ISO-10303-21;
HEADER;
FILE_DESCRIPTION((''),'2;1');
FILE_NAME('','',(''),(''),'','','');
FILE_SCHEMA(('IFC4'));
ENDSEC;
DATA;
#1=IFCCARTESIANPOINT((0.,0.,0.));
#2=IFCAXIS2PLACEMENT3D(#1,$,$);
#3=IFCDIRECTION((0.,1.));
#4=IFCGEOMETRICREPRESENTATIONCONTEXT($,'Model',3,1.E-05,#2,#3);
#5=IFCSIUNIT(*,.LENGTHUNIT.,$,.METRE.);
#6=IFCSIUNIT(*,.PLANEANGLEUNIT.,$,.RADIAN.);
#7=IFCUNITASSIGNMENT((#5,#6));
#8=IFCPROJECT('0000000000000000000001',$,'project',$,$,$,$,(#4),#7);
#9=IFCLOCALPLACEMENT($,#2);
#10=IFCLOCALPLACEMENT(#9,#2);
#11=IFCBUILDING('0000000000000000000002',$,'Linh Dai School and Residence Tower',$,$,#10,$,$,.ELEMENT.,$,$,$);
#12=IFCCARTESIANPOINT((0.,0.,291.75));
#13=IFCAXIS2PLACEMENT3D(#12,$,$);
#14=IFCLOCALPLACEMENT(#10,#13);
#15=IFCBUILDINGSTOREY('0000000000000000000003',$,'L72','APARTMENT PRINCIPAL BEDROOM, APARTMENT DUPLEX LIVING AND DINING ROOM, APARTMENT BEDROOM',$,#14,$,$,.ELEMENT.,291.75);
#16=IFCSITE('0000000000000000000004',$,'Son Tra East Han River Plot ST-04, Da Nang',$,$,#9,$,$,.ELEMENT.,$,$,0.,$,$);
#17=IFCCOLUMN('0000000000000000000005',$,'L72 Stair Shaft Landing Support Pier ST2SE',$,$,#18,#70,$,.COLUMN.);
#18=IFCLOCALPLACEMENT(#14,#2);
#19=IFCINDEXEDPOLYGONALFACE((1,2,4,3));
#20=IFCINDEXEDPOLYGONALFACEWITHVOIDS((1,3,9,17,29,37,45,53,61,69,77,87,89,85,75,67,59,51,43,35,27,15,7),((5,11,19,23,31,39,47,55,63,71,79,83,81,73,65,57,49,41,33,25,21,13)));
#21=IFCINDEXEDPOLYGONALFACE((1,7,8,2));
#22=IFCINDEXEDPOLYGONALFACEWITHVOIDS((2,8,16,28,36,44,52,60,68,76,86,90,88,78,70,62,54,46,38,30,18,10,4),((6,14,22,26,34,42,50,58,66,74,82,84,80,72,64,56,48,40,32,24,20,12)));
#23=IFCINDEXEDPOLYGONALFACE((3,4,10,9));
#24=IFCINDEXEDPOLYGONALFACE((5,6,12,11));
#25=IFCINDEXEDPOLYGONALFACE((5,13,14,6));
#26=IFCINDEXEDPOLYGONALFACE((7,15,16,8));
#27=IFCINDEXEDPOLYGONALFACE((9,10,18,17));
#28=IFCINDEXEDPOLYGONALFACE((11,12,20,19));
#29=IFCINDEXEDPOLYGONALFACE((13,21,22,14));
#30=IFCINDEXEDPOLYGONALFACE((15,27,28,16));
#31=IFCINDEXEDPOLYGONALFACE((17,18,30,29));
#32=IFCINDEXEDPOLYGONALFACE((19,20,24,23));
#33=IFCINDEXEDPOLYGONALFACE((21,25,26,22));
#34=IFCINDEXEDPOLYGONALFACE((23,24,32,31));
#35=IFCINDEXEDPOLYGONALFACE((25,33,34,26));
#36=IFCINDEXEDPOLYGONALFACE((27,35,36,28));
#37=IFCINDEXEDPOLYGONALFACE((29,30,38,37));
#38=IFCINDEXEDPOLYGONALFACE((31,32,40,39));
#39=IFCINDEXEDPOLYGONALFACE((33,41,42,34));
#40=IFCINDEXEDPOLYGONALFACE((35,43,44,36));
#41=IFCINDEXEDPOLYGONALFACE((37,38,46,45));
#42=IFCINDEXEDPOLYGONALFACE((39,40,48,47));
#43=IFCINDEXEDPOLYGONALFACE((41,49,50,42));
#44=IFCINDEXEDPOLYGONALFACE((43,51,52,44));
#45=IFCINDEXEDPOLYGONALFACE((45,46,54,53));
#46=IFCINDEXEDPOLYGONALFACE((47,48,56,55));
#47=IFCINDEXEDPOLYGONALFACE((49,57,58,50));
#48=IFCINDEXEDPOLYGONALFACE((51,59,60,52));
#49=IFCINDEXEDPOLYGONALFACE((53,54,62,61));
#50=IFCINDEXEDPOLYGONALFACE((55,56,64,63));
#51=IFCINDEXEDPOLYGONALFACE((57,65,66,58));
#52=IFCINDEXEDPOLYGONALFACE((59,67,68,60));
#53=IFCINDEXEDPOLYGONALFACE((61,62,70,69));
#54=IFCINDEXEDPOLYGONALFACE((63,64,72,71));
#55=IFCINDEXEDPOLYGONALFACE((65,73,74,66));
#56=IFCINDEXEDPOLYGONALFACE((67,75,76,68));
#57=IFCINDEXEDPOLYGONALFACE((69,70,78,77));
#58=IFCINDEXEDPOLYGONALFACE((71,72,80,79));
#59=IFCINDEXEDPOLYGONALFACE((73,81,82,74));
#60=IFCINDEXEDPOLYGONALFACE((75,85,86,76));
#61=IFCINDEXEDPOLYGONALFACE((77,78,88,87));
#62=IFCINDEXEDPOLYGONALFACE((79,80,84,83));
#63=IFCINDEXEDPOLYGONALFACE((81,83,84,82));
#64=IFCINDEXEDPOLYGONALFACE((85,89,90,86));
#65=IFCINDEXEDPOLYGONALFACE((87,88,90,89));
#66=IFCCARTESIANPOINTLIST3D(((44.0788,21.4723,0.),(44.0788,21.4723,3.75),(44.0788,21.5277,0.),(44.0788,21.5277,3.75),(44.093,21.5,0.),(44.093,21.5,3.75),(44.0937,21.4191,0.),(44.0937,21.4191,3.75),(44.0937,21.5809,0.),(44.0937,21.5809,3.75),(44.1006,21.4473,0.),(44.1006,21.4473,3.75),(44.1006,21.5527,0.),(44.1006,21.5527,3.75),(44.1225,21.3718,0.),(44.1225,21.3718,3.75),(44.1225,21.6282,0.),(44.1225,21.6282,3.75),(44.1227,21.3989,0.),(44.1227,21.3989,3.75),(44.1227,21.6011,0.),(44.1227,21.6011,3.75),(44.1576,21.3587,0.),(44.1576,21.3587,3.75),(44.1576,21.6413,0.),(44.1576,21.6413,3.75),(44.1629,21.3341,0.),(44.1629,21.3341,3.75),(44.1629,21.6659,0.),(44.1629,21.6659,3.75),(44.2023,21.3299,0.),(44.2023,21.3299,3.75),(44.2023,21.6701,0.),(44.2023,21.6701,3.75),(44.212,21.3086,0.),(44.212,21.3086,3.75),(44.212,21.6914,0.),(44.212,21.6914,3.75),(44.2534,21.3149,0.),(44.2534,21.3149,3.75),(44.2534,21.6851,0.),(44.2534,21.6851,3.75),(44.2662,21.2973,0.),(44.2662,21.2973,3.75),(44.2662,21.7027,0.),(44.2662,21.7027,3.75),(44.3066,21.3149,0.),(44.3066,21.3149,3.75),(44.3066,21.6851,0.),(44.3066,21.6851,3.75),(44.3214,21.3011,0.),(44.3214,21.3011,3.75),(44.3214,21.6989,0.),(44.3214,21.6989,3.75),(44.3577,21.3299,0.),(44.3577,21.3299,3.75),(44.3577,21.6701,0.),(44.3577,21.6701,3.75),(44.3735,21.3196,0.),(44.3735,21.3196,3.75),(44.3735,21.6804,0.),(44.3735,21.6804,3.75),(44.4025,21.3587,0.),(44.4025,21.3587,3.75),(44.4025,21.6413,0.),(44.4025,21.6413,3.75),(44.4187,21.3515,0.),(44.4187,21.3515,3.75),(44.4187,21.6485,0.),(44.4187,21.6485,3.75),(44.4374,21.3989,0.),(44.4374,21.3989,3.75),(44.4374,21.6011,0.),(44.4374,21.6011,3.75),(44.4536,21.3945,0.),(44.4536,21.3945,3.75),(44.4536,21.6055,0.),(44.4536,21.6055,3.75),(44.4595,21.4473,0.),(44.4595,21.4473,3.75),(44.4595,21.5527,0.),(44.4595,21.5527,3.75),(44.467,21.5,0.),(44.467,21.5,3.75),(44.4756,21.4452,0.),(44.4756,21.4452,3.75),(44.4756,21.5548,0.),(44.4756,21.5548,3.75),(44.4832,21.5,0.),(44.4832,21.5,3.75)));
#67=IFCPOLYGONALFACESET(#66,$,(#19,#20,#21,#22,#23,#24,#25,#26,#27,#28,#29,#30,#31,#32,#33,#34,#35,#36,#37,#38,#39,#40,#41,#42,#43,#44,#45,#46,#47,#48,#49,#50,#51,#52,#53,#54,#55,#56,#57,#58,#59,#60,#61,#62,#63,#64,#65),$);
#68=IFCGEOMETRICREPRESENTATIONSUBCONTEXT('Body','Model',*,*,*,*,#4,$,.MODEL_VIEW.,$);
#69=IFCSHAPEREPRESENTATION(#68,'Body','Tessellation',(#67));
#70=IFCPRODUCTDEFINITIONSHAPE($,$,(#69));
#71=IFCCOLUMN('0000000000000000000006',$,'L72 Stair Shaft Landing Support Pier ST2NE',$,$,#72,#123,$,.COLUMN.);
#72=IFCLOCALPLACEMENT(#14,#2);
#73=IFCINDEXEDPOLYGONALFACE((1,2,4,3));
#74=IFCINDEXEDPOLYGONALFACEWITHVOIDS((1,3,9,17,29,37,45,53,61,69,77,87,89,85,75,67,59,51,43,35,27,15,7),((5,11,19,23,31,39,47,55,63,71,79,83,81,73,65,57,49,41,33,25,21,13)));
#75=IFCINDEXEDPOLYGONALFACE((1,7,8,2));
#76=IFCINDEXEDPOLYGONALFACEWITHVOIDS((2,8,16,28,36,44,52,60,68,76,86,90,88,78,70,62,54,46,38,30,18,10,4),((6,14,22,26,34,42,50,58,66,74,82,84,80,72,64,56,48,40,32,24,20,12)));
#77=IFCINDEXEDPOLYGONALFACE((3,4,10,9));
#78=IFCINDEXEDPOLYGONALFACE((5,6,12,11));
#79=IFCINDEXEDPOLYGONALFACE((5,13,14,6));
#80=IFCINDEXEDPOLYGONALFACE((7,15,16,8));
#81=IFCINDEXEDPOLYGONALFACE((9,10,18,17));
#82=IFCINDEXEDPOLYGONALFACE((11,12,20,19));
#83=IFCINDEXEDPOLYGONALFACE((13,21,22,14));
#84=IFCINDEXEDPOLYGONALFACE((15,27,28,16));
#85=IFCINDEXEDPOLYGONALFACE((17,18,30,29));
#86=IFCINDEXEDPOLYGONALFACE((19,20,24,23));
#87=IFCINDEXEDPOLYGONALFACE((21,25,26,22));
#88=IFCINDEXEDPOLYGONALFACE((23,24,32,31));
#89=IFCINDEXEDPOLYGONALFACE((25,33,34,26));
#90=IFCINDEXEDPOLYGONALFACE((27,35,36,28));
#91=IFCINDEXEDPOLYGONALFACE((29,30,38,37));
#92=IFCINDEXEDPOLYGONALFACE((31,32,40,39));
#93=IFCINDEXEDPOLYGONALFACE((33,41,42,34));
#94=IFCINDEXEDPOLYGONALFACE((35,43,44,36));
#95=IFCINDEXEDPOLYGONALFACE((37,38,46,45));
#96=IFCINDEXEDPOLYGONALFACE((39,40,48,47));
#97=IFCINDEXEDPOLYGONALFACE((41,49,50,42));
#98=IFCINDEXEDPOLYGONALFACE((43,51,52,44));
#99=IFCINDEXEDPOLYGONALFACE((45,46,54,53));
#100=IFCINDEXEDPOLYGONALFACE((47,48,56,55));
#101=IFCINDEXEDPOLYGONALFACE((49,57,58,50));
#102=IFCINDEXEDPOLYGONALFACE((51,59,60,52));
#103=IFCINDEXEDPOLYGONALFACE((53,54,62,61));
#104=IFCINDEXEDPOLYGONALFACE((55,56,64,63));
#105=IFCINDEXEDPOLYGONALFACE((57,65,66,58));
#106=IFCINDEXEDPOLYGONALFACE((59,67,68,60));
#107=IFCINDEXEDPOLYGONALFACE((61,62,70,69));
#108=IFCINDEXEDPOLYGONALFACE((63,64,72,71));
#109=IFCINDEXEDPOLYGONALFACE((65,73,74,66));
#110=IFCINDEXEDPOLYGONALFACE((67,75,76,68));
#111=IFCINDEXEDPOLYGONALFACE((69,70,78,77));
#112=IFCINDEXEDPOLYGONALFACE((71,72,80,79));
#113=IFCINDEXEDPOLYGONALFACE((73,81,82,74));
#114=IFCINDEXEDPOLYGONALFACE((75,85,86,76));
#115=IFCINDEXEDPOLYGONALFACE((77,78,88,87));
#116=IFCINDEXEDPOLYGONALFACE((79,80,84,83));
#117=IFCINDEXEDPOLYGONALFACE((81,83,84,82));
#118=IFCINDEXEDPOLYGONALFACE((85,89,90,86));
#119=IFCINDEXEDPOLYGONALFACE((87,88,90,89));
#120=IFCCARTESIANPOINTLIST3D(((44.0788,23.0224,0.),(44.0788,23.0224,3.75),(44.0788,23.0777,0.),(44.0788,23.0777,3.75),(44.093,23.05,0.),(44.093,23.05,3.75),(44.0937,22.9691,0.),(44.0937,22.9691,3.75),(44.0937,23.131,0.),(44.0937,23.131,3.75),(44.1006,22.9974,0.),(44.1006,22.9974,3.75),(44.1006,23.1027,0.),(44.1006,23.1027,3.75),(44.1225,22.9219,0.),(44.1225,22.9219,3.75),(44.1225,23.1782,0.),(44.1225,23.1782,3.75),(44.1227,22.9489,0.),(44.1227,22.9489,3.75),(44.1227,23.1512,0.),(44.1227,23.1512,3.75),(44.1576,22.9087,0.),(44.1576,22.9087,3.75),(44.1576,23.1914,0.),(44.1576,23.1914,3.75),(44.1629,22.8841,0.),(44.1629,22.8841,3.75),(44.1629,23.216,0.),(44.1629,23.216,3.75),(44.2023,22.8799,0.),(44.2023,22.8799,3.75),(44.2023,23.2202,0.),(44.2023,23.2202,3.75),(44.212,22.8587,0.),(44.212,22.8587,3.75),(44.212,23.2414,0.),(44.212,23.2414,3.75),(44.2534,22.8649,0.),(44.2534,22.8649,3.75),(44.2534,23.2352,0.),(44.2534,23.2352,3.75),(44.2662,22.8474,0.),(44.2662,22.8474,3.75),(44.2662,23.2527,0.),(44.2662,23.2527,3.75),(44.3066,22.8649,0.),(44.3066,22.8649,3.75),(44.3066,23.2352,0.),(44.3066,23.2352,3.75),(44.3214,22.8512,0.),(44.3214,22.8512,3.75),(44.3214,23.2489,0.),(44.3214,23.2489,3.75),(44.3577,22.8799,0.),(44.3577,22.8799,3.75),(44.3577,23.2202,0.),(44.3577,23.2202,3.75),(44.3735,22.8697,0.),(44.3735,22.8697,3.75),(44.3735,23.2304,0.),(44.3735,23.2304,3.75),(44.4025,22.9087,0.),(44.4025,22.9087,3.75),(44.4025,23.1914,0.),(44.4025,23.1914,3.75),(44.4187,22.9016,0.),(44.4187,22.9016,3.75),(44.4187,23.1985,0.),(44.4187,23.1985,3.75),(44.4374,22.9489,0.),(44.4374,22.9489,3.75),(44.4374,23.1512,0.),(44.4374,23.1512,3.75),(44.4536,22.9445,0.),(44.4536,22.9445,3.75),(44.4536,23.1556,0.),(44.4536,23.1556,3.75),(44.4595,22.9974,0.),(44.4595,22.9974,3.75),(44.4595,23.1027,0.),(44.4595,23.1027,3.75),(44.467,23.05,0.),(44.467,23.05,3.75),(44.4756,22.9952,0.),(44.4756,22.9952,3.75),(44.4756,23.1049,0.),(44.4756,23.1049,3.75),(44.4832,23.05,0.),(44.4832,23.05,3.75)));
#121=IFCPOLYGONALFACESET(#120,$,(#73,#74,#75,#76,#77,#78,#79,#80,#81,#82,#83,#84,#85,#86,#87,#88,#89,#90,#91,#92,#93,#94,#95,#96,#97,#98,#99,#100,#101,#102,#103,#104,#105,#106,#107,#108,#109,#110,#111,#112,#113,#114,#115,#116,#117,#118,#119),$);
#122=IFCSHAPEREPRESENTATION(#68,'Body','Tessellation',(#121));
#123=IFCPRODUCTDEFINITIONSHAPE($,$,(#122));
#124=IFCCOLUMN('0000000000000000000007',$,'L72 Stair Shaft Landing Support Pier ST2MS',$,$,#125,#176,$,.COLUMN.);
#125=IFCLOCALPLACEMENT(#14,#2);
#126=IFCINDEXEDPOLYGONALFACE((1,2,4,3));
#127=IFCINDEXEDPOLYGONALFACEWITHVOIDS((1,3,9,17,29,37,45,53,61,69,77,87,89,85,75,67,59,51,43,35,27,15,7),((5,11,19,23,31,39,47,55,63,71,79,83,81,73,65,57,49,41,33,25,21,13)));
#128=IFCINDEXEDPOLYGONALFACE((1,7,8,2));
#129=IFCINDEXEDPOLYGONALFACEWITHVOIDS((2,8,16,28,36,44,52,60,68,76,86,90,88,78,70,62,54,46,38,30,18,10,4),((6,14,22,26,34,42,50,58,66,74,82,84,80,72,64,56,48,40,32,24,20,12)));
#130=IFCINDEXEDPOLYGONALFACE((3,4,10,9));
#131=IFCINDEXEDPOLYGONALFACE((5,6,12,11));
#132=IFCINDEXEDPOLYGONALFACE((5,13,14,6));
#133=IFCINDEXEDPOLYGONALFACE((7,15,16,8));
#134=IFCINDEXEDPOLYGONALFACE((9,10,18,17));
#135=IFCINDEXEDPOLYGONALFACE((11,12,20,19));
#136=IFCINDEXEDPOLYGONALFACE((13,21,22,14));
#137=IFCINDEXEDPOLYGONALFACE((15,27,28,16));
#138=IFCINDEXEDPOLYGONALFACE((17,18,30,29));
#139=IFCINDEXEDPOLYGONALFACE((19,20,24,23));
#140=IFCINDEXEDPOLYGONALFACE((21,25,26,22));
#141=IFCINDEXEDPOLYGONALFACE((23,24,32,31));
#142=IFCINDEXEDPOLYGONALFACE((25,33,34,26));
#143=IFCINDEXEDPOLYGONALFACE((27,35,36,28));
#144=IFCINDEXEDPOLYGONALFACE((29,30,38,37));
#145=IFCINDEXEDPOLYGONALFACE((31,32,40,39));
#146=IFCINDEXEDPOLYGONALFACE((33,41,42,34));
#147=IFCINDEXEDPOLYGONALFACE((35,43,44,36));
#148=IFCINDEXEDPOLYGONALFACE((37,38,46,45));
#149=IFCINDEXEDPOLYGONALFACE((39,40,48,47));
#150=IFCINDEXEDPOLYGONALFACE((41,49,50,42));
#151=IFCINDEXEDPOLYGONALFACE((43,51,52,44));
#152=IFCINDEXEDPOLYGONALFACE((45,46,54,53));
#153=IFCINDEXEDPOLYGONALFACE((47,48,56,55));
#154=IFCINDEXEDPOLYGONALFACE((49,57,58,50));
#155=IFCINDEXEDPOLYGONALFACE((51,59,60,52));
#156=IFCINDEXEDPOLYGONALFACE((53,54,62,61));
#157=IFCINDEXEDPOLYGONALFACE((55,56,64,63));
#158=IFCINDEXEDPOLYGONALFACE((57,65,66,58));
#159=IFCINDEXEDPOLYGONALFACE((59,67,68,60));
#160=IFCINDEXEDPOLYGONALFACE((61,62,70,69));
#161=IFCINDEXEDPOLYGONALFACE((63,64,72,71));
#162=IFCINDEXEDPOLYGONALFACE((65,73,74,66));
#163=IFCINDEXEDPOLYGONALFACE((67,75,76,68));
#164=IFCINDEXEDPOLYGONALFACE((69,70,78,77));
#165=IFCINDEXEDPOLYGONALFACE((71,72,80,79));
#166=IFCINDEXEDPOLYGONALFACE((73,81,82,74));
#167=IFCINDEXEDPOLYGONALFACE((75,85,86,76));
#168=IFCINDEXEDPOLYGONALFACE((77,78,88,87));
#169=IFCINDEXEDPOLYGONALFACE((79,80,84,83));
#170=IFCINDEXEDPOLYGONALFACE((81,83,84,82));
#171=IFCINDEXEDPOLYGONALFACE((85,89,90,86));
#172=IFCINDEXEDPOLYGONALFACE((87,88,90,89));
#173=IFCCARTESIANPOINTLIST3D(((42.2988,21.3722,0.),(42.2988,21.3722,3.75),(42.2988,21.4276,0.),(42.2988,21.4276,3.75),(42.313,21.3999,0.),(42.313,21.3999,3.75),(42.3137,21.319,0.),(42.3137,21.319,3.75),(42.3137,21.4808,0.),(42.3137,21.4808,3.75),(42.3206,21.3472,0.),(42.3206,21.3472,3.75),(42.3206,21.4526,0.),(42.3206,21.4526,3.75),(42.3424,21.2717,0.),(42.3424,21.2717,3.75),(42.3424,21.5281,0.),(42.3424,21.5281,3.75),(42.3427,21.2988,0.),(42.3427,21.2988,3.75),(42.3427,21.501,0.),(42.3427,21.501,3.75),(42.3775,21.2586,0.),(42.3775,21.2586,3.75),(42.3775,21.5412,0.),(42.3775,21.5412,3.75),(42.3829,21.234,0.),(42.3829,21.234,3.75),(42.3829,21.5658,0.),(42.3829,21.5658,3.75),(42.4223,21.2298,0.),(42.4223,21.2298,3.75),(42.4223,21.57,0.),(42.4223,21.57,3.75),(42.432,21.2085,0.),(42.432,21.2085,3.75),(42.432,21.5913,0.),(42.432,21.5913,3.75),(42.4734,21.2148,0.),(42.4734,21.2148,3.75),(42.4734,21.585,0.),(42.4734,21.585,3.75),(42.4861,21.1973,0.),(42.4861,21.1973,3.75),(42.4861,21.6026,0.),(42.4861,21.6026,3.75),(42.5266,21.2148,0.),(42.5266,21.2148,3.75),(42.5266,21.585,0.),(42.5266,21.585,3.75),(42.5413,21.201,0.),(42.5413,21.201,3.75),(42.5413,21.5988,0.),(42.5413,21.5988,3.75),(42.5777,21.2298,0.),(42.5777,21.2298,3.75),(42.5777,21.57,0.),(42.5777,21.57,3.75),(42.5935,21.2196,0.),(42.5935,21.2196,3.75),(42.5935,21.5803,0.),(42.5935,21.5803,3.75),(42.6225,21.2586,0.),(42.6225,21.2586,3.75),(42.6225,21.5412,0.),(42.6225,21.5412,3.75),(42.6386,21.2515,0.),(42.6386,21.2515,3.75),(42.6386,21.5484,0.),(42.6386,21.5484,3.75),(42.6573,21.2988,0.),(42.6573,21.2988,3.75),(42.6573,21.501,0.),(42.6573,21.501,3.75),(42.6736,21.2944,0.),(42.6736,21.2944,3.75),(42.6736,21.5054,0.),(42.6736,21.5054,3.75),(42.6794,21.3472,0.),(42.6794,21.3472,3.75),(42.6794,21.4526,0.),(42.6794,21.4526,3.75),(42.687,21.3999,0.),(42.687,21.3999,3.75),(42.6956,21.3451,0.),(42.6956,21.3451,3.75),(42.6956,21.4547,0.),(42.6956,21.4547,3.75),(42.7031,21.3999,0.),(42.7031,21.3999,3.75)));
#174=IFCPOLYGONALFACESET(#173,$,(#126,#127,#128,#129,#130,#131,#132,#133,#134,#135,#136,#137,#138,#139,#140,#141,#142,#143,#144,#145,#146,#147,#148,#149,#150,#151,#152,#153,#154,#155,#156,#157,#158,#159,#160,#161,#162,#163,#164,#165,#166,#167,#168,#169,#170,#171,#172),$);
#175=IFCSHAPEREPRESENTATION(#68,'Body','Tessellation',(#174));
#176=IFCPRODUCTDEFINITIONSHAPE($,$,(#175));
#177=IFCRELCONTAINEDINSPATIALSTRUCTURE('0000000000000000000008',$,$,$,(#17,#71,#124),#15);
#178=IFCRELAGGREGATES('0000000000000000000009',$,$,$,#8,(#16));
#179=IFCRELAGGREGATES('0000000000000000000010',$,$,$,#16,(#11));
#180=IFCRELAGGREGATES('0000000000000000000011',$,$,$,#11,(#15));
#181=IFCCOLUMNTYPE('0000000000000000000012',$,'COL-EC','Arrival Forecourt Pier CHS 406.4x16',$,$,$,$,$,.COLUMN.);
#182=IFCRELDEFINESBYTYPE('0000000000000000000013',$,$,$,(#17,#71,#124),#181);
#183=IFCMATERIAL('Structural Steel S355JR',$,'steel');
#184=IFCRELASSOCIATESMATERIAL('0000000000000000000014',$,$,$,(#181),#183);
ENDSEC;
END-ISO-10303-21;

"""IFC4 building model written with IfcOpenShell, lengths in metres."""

from ifc_helpers import new_model, si_unit, direction, frame, origin, origin_2d, place, context, subcontext, project, spatial, hollow_circle, extrude, material, material_profile, profile_set, type_object, element, save


model = new_model("IFC4")

# Units and contexts
model_context = context("Model", 3, precision=1e-05, world=origin(), true_north=direction((0.0, 1.0)))
body_context = subcontext(model_context, "Body", "Model", "MODEL_VIEW")
ifc_project = project(units=[si_unit("LENGTHUNIT", "METRE"), si_unit("PLANEANGLEUNIT", "RADIAN")], contexts=[model_context])

# Site, building, storey
site_placement = place(None, origin())
site = spatial("IfcSite", under=ifc_project, at=site_placement, Name="Son Tra East Han River Plot ST-04, Da Nang", CompositionType="ELEMENT", RefElevation=0.0)
building_placement = place(site_placement, origin())
building = spatial("IfcBuilding", under=site, at=building_placement, Name="Linh Dai School and Residence Tower", CompositionType="ELEMENT")
storey_placement = place(building_placement, frame((0.0, 0.0, 291.75)))
storey = spatial("IfcBuildingStorey", under=building, at=storey_placement, Name="L72", Description="APARTMENT PRINCIPAL BEDROOM, APARTMENT DUPLEX LIVING AND DINING ROOM, APARTMENT BEDROOM", CompositionType="ELEMENT", Elevation=291.75)

# Columns
ifc_material_1 = material(Name="Structural Steel S355JR", Category="steel")
ifc_material_profile_1 = material_profile(ifc_material_1, hollow_circle(Radius=0.2031, WallThickness=0.0161, at=origin_2d()), Name="CHS 406.4x16")
ifc_profile_set_1 = profile_set([ifc_material_profile_1], Name="Structural Steel S355JR")
column_type_1 = type_object("IfcColumnType", Name="COL-EC", Description="Arrival Forecourt Pier CHS 406.4x16", PredefinedType="COLUMN", material=ifc_profile_set_1)
for number, where, z_axis, x_axis, name in (
    (1, (44.28, 21.5, 0.0), (0.0, 0.0, 1.0), (1.0, 0.0, 0.0), "L72 Stair Shaft Landing Support Pier ST2SE"),
    (2, (44.28, 23.05, 0.0), (0.0, 0.0, 1.0), (1.0, 0.0, 0.0), "L72 Stair Shaft Landing Support Pier ST2NE"),
    (3, (42.5, 21.3999, 0.0), (0.0, 0.0, 1.0), (1.0, 0.0, 0.0), "L72 Stair Shaft Landing Support Pier ST2MS"),
):
    element("IfcColumn", number, at=place(storey_placement, frame(where, z_axis=z_axis, x_axis=x_axis)), inside=storey, type_object=column_type_1, Name=name, PredefinedType="COLUMN", context=body_context, shape_type="SweptSolid", body=[
        extrude(hollow_circle(Radius=0.2031, WallThickness=0.0161, at=origin_2d()), origin(), (0.0, 0.0, 1.0), 3.75),
    ])

save(model, "model.ifc")
